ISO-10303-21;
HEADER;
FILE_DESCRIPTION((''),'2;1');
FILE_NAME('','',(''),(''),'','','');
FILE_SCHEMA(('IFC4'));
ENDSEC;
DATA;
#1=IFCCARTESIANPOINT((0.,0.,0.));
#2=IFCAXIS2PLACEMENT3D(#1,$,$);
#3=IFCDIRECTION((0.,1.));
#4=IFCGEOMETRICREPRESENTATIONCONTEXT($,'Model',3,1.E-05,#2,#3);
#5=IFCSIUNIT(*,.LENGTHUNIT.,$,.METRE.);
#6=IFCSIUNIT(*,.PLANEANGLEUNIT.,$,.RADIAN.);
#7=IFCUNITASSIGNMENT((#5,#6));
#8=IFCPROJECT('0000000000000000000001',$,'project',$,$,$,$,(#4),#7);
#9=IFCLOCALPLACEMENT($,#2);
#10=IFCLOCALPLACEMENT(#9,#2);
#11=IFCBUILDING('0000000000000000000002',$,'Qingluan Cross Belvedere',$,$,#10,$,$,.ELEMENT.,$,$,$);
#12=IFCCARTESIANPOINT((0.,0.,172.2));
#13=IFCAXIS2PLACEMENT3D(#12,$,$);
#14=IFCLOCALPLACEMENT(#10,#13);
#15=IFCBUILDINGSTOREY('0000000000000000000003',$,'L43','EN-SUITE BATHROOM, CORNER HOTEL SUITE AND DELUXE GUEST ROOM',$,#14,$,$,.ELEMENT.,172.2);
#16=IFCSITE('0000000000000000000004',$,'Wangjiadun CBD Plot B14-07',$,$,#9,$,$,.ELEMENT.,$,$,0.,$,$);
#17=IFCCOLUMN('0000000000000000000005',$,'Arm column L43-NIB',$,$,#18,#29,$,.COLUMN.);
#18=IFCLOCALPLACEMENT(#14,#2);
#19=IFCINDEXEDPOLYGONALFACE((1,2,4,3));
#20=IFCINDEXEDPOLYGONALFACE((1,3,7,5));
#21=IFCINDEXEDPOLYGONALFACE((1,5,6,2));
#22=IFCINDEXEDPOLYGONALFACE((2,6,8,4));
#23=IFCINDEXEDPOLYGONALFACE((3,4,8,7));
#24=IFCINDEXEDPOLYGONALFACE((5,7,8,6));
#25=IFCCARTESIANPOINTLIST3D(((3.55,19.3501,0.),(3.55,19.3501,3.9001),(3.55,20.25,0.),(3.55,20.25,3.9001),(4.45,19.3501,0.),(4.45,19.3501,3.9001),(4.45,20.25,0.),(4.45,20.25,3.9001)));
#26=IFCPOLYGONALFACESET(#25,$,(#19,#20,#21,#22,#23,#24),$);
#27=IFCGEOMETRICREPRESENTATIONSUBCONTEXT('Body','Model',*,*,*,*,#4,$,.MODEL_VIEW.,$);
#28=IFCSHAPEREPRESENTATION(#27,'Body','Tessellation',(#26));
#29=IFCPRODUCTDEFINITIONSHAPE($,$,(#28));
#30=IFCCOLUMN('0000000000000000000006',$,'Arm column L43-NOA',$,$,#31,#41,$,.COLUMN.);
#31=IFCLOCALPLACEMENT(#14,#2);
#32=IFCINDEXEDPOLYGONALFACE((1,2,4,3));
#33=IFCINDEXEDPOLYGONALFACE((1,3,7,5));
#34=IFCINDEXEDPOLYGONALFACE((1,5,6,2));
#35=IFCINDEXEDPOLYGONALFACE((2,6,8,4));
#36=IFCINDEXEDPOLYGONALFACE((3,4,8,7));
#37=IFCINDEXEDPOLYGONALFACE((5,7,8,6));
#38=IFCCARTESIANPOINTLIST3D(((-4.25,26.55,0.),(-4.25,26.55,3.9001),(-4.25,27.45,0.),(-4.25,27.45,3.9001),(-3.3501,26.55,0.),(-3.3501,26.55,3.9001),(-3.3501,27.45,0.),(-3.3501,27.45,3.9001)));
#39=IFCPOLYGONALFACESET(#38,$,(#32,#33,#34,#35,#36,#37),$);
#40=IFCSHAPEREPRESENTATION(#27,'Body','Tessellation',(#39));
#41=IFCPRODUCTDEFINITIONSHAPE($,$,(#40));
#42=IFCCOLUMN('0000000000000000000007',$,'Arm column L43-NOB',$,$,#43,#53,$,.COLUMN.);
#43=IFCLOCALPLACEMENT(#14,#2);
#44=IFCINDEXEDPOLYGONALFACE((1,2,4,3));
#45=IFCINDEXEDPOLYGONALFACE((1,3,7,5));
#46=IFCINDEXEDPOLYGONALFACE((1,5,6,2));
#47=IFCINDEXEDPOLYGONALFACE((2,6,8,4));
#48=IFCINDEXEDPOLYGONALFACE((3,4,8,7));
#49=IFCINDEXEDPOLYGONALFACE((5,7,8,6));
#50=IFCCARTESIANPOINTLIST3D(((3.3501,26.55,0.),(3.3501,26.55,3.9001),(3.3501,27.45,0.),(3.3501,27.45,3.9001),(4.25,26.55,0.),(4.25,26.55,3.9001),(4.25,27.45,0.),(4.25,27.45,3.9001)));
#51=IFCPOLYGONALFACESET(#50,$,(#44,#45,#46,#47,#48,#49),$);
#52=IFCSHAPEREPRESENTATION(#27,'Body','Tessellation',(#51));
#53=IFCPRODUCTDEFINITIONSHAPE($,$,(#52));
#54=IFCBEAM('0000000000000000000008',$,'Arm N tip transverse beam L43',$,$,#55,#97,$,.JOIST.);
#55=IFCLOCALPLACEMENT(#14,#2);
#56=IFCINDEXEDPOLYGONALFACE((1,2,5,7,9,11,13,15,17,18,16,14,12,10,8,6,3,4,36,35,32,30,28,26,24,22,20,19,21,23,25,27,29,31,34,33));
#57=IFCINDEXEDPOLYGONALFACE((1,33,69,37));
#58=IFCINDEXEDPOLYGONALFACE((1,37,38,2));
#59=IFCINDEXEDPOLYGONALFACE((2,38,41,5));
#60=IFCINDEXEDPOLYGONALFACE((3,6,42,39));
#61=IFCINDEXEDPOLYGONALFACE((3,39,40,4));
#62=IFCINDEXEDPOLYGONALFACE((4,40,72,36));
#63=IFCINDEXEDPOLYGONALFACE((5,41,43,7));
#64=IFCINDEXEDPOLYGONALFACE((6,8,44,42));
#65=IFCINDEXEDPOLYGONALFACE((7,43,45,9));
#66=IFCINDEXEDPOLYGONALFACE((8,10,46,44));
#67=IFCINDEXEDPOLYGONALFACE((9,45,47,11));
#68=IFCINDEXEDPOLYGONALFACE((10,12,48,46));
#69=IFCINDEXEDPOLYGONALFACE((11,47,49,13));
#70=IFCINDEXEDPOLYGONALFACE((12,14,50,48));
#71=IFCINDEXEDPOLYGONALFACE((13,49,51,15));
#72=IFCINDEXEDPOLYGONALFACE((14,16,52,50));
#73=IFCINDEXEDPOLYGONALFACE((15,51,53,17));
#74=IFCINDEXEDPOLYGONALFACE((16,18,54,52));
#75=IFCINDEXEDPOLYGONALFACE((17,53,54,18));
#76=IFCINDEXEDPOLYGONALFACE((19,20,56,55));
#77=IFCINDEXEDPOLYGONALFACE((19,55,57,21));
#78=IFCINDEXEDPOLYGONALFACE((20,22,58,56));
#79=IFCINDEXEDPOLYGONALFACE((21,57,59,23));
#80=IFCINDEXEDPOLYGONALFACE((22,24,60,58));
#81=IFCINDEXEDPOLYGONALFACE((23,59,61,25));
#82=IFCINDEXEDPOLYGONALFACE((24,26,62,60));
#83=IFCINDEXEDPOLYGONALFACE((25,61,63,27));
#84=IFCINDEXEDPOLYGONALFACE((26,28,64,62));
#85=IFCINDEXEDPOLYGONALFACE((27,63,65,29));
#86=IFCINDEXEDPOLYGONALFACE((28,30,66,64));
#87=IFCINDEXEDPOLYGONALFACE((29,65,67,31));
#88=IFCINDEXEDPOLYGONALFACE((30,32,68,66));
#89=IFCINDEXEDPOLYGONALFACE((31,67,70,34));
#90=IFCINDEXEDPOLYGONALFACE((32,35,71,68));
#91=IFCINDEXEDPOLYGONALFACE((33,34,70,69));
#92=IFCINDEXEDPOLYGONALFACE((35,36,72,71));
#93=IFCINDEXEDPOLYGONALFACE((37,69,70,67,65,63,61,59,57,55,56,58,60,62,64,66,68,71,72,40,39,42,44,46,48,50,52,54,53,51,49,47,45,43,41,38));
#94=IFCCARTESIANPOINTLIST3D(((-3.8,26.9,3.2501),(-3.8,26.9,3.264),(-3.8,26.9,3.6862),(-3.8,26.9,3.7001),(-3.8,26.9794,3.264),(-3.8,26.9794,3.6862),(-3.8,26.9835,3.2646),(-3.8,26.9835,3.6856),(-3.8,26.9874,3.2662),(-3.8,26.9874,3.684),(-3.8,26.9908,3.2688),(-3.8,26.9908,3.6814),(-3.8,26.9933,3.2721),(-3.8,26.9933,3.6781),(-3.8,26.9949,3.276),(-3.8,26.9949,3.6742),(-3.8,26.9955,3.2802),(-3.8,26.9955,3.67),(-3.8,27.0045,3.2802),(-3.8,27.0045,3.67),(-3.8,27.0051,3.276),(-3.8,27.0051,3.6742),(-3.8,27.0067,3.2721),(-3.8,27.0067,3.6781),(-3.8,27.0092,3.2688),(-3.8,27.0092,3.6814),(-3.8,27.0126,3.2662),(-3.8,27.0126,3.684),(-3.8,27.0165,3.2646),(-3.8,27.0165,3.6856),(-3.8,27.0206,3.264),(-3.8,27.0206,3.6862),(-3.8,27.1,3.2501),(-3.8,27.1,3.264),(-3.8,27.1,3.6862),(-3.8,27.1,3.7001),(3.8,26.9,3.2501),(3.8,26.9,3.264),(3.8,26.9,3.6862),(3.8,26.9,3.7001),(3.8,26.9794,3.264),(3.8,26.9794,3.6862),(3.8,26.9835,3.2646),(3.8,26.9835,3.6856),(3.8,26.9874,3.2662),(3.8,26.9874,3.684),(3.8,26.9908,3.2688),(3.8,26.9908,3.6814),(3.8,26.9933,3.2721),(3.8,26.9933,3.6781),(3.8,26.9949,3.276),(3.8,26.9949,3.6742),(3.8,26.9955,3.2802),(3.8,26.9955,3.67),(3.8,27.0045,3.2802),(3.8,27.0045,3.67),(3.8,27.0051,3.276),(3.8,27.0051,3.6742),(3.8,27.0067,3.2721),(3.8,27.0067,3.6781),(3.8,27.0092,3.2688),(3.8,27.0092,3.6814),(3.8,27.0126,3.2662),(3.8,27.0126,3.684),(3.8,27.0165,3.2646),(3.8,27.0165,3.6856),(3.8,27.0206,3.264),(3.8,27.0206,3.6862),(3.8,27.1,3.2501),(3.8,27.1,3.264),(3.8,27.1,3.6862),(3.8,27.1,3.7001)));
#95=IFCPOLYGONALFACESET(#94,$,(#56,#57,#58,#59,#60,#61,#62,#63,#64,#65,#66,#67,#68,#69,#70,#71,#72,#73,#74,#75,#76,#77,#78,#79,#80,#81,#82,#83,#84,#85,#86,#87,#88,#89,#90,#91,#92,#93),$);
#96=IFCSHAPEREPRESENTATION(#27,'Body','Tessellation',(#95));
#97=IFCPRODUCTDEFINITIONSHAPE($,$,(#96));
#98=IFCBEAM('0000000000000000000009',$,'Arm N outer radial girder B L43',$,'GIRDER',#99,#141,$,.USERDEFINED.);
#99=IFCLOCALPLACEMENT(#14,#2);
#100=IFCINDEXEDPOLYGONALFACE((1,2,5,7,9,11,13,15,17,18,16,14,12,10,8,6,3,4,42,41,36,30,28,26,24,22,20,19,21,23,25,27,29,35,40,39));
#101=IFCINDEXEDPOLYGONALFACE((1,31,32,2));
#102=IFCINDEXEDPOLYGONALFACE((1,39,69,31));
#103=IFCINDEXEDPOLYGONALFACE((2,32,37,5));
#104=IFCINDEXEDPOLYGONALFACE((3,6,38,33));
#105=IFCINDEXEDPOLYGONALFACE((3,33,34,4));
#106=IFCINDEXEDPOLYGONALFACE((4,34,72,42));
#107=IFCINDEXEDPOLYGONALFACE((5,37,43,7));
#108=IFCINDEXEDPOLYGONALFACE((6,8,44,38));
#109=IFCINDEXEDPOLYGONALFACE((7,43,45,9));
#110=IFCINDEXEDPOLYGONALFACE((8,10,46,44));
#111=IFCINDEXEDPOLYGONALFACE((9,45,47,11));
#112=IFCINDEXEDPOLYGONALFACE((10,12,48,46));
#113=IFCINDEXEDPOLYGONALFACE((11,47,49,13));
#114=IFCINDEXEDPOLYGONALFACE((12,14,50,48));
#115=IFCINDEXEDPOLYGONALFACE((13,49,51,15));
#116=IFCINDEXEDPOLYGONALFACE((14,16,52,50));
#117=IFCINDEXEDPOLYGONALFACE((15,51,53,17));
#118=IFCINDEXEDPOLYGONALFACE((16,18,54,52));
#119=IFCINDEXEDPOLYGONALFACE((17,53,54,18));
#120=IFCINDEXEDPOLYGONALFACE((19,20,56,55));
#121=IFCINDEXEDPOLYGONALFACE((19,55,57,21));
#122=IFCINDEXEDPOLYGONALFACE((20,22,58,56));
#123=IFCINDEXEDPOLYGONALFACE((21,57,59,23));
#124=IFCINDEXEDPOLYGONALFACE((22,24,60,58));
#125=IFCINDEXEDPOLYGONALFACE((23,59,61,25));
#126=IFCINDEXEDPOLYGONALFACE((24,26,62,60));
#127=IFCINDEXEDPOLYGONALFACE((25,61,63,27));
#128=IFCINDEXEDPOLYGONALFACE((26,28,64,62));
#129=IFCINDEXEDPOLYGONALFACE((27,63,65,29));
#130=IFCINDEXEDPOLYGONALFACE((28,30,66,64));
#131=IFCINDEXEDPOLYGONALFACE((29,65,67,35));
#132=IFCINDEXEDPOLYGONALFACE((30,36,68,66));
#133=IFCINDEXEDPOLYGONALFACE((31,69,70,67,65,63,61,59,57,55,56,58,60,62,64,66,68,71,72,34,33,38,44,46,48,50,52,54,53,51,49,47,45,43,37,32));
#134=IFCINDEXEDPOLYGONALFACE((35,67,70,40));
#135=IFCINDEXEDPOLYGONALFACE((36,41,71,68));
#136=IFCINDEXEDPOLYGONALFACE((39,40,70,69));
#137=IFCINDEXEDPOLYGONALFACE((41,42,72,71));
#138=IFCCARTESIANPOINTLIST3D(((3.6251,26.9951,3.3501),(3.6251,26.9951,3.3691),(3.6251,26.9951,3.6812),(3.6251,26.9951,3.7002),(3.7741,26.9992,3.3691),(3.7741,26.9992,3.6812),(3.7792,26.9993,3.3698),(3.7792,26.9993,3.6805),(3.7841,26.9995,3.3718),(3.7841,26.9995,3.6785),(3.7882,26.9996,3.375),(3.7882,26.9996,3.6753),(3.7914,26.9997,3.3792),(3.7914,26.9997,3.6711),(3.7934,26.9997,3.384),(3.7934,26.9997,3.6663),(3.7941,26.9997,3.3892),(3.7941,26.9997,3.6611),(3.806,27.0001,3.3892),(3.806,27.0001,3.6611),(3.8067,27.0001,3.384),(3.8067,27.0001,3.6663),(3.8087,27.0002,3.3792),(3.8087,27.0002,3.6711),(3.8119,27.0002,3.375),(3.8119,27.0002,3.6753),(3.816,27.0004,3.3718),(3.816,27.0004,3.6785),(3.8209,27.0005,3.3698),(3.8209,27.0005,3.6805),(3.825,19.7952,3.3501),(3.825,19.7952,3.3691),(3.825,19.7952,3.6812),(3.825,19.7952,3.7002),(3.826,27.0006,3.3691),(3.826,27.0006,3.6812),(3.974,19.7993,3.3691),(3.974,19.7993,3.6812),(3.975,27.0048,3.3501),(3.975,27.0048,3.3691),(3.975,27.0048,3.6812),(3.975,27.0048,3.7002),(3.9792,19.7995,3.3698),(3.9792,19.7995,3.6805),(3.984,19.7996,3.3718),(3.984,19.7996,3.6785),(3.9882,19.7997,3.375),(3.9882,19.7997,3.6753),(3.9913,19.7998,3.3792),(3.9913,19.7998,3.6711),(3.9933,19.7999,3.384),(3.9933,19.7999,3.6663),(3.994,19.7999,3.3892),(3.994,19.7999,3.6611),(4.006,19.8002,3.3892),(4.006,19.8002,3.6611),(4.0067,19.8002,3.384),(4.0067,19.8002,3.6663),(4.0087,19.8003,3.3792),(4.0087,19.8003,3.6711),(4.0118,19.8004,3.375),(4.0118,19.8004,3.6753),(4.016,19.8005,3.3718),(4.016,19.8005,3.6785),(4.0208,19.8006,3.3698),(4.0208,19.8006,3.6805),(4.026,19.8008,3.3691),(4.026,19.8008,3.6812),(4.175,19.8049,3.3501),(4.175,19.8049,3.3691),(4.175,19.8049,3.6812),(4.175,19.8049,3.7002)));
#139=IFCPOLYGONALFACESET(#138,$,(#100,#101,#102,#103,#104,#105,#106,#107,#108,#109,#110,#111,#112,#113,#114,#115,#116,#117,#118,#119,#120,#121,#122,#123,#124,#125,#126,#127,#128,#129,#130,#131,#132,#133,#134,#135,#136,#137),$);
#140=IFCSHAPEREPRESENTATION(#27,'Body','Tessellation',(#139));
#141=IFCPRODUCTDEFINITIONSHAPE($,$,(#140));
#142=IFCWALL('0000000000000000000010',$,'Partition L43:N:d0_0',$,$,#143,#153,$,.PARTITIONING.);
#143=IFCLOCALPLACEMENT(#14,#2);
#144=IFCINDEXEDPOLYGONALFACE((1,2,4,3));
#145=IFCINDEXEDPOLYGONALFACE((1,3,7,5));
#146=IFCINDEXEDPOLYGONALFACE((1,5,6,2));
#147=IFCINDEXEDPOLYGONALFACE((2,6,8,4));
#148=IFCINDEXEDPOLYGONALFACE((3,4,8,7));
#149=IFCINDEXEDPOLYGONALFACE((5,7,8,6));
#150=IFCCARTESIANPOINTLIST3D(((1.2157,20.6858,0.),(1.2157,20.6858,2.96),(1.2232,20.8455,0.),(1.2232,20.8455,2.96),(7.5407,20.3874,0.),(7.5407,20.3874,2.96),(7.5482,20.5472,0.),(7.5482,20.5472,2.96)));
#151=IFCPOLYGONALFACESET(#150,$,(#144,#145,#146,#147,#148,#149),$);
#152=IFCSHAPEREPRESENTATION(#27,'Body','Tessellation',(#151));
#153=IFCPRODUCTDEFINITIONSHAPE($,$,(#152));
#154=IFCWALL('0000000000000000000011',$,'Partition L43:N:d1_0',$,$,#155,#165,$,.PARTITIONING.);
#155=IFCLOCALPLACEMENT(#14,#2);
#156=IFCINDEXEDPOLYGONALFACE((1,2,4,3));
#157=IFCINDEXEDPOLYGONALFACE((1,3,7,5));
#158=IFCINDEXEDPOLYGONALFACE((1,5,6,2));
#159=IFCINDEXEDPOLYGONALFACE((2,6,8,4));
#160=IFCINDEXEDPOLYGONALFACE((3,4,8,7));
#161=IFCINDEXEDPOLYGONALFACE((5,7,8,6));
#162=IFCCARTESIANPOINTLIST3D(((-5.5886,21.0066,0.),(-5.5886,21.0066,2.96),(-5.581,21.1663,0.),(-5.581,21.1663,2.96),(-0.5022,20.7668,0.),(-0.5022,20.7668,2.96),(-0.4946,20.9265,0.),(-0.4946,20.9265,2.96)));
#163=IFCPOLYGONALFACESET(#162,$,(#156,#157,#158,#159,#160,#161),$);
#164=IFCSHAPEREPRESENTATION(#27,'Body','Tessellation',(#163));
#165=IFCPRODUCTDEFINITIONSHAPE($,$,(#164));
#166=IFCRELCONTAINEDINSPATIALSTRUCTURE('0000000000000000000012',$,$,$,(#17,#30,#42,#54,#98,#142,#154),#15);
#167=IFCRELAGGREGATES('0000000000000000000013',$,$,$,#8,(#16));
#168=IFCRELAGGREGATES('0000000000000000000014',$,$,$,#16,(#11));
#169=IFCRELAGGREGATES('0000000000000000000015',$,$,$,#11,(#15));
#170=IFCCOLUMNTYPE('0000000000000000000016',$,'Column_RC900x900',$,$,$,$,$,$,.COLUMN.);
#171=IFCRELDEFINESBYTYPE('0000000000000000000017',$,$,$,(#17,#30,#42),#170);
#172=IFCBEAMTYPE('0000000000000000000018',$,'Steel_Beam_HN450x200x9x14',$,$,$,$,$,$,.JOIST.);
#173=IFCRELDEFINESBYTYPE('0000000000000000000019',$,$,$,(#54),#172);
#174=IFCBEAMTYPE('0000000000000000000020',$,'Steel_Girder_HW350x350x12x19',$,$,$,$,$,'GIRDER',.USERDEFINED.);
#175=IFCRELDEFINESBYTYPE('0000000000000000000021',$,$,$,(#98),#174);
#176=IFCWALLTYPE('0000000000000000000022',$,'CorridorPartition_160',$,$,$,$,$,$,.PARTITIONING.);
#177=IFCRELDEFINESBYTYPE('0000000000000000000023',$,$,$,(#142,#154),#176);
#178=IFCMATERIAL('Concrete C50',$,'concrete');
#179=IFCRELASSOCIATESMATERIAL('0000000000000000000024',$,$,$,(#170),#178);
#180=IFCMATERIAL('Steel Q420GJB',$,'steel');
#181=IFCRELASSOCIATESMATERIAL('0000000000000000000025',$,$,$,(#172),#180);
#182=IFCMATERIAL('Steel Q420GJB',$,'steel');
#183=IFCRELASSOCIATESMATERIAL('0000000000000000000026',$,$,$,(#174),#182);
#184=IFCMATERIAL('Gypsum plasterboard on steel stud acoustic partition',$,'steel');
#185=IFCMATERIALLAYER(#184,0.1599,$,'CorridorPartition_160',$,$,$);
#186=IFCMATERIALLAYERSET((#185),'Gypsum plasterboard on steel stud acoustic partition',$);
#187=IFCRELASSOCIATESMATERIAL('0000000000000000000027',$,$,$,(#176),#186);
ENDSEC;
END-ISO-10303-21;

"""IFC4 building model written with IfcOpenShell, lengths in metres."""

from ifc_helpers import new_model, si_unit, direction, frame, frame_2d, origin, origin_2d, place, context, subcontext, project, spatial, rectangle, i_section, extrude, material, layer, layer_set, material_profile, profile_set, type_object, element, save


model = new_model("IFC4")

# Units and contexts
model_context = context("Model", 3, precision=1e-05, world=origin(), true_north=direction((0.0, 1.0)))
body_context = subcontext(model_context, "Body", "Model", "MODEL_VIEW")
ifc_project = project(units=[si_unit("LENGTHUNIT", "METRE"), si_unit("PLANEANGLEUNIT", "RADIAN")], contexts=[model_context])

# Site, building, storey
site_placement = place(None, origin())
site = spatial("IfcSite", under=ifc_project, at=site_placement, Name="Wangjiadun CBD Plot B14-07", CompositionType="ELEMENT", RefElevation=0.0)
building_placement = place(site_placement, origin())
building = spatial("IfcBuilding", under=site, at=building_placement, Name="Qingluan Cross Belvedere", CompositionType="ELEMENT")
storey_placement = place(building_placement, frame((0.0, 0.0, 172.2)))
storey = spatial("IfcBuildingStorey", under=building, at=storey_placement, Name="L43", Description="EN-SUITE BATHROOM, CORNER HOTEL SUITE AND DELUXE GUEST ROOM", CompositionType="ELEMENT", Elevation=172.2)

# Columns
ifc_material_1 = material(Name="Concrete C50", Category="concrete")
ifc_material_profile_1 = material_profile(ifc_material_1, rectangle(XDim=0.8999, YDim=0.8999, at=origin_2d()), Name="RC900x900")
ifc_profile_set_1 = profile_set([ifc_material_profile_1], Name="Concrete C50")
column_type = type_object("IfcColumnType", Name="Column_RC900x900", PredefinedType="COLUMN", material=ifc_profile_set_1)
for number, where, z_axis, x_axis, name in (
    (1, (4.0, 19.8, 0.0), (0.0, 0.0, 1.0), (1.0, 0.0, 0.0), "Arm column L43-NIB"),
    (2, (-3.8, 27.0, 0.0), (0.0, 0.0, 1.0), (1.0, 0.0, 0.0), "Arm column L43-NOA"),
    (3, (3.8, 27.0, 0.0), (0.0, 0.0, 1.0), (1.0, 0.0, 0.0), "Arm column L43-NOB"),
):
    element("IfcColumn", number, at=place(storey_placement, frame(where, z_axis=z_axis, x_axis=x_axis)), inside=storey, type_object=column_type, Name=name, PredefinedType="COLUMN", context=body_context, shape_type="SweptSolid", body=[
        extrude(rectangle(XDim=0.8999, YDim=0.8999, at=origin_2d()), origin(), (0.0, 0.0, 1.0), 3.9001),
    ])

# Beams
ifc_material_2 = material(Name="Steel Q420GJB", Category="steel")
ifc_material_profile_2 = material_profile(ifc_material_2, i_section(OverallWidth=0.2, OverallDepth=0.45, WebThickness=0.009, FlangeThickness=0.0139, FilletRadius=0.0161, at=origin_2d()), Name="HN450x200x9x14")
ifc_profile_set_2 = profile_set([ifc_material_profile_2], Name="Steel Q420GJB")
beam_type_1 = type_object("IfcBeamType", Name="Steel_Beam_HN450x200x9x14", PredefinedType="JOIST", material=ifc_profile_set_2)
beam_1_placement = place(storey_placement, frame((-3.8, 27.0, 3.4751), z_axis=(1.0, 0.0, 0.0), x_axis=(0.0, 1.0, 0.0)))
element("IfcBeam", 4, at=beam_1_placement, inside=storey, type_object=beam_type_1, Name="Arm N tip transverse beam L43", PredefinedType="JOIST", context=body_context, shape_type="SweptSolid", body=[
    extrude(i_section(OverallWidth=0.2, OverallDepth=0.45, WebThickness=0.009, FlangeThickness=0.0139, FilletRadius=0.0161, at=origin_2d()), origin(), (0.0, 0.0, 1.0), 7.6001),
])
ifc_material_3 = material(Name="Steel Q420GJB", Category="steel")
ifc_material_profile_3 = material_profile(ifc_material_3, i_section(OverallWidth=0.3501, OverallDepth=0.3501, WebThickness=0.012, FlangeThickness=0.019, FilletRadius=0.02, at=origin_2d()), Name="HW350x350x12x19")
ifc_profile_set_3 = profile_set([ifc_material_profile_3], Name="Steel Q420GJB")
beam_type_2 = type_object("IfcBeamType", Name="Steel_Girder_HW350x350x12x19", ElementType="GIRDER", PredefinedType="USERDEFINED", material=ifc_profile_set_3)
beam_2_placement = place(storey_placement, frame((4.0, 19.8, 3.5251), z_axis=(-0.02776, 0.999615, 0.0), x_axis=(-0.999615, -0.02776, 0.0)))
element("IfcBeam", 5, at=beam_2_placement, inside=storey, type_object=beam_type_2, Name="Arm N outer radial girder B L43", ObjectType="GIRDER", PredefinedType="USERDEFINED", context=body_context, shape_type="SweptSolid", body=[
    extrude(i_section(OverallWidth=0.3501, OverallDepth=0.3501, WebThickness=0.012, FlangeThickness=0.019, FilletRadius=0.02, at=origin_2d()), origin(), (0.0, 0.0, 1.0), 7.2026),
])

# Walls
ifc_material_4 = material(Name="Gypsum plasterboard on steel stud acoustic partition", Category="steel")
ifc_layer_1 = layer(ifc_material_4, 0.1599, Name="CorridorPartition_160")
ifc_layer_set_1 = layer_set([ifc_layer_1], Name="Gypsum plasterboard on steel stud acoustic partition")
wall_type_1 = type_object("IfcWallType", Name="CorridorPartition_160", PredefinedType="PARTITIONING", material=ifc_layer_set_1)
wall_1_placement = place(storey_placement, frame((1.2195, 20.7656, 0.0), z_axis=(0.0, 0.0, 1.0), x_axis=(0.998889, -0.047116, 0.0)))
element("IfcWall", 6, at=wall_1_placement, inside=storey, type_object=wall_type_1, Name="Partition L43:N:d0_0", PredefinedType="PARTITIONING", context=body_context, shape_type="SweptSolid", body=[
    extrude(rectangle(XDim=6.332, YDim=0.1599, at=frame_2d((3.166, 0.0))), origin(), (0.0, 0.0, 1.0), 2.96),
])
wall_2_placement = place(storey_placement, frame((-0.4985, 20.8467, 0.0), z_axis=(0.0, 0.0, 1.0), x_axis=(-0.998891, 0.047082, 0.0)))
element("IfcWall", 7, at=wall_2_placement, inside=storey, type_object=wall_type_1, Name="Partition L43:N:d1_0", PredefinedType="PARTITIONING", context=body_context, shape_type="SweptSolid", body=[
    extrude(rectangle(XDim=5.092, YDim=0.1599, at=frame_2d((2.5459, 0.0))), origin(), (0.0, 0.0, 1.0), 2.96),
])

save(model, "model.ifc")
